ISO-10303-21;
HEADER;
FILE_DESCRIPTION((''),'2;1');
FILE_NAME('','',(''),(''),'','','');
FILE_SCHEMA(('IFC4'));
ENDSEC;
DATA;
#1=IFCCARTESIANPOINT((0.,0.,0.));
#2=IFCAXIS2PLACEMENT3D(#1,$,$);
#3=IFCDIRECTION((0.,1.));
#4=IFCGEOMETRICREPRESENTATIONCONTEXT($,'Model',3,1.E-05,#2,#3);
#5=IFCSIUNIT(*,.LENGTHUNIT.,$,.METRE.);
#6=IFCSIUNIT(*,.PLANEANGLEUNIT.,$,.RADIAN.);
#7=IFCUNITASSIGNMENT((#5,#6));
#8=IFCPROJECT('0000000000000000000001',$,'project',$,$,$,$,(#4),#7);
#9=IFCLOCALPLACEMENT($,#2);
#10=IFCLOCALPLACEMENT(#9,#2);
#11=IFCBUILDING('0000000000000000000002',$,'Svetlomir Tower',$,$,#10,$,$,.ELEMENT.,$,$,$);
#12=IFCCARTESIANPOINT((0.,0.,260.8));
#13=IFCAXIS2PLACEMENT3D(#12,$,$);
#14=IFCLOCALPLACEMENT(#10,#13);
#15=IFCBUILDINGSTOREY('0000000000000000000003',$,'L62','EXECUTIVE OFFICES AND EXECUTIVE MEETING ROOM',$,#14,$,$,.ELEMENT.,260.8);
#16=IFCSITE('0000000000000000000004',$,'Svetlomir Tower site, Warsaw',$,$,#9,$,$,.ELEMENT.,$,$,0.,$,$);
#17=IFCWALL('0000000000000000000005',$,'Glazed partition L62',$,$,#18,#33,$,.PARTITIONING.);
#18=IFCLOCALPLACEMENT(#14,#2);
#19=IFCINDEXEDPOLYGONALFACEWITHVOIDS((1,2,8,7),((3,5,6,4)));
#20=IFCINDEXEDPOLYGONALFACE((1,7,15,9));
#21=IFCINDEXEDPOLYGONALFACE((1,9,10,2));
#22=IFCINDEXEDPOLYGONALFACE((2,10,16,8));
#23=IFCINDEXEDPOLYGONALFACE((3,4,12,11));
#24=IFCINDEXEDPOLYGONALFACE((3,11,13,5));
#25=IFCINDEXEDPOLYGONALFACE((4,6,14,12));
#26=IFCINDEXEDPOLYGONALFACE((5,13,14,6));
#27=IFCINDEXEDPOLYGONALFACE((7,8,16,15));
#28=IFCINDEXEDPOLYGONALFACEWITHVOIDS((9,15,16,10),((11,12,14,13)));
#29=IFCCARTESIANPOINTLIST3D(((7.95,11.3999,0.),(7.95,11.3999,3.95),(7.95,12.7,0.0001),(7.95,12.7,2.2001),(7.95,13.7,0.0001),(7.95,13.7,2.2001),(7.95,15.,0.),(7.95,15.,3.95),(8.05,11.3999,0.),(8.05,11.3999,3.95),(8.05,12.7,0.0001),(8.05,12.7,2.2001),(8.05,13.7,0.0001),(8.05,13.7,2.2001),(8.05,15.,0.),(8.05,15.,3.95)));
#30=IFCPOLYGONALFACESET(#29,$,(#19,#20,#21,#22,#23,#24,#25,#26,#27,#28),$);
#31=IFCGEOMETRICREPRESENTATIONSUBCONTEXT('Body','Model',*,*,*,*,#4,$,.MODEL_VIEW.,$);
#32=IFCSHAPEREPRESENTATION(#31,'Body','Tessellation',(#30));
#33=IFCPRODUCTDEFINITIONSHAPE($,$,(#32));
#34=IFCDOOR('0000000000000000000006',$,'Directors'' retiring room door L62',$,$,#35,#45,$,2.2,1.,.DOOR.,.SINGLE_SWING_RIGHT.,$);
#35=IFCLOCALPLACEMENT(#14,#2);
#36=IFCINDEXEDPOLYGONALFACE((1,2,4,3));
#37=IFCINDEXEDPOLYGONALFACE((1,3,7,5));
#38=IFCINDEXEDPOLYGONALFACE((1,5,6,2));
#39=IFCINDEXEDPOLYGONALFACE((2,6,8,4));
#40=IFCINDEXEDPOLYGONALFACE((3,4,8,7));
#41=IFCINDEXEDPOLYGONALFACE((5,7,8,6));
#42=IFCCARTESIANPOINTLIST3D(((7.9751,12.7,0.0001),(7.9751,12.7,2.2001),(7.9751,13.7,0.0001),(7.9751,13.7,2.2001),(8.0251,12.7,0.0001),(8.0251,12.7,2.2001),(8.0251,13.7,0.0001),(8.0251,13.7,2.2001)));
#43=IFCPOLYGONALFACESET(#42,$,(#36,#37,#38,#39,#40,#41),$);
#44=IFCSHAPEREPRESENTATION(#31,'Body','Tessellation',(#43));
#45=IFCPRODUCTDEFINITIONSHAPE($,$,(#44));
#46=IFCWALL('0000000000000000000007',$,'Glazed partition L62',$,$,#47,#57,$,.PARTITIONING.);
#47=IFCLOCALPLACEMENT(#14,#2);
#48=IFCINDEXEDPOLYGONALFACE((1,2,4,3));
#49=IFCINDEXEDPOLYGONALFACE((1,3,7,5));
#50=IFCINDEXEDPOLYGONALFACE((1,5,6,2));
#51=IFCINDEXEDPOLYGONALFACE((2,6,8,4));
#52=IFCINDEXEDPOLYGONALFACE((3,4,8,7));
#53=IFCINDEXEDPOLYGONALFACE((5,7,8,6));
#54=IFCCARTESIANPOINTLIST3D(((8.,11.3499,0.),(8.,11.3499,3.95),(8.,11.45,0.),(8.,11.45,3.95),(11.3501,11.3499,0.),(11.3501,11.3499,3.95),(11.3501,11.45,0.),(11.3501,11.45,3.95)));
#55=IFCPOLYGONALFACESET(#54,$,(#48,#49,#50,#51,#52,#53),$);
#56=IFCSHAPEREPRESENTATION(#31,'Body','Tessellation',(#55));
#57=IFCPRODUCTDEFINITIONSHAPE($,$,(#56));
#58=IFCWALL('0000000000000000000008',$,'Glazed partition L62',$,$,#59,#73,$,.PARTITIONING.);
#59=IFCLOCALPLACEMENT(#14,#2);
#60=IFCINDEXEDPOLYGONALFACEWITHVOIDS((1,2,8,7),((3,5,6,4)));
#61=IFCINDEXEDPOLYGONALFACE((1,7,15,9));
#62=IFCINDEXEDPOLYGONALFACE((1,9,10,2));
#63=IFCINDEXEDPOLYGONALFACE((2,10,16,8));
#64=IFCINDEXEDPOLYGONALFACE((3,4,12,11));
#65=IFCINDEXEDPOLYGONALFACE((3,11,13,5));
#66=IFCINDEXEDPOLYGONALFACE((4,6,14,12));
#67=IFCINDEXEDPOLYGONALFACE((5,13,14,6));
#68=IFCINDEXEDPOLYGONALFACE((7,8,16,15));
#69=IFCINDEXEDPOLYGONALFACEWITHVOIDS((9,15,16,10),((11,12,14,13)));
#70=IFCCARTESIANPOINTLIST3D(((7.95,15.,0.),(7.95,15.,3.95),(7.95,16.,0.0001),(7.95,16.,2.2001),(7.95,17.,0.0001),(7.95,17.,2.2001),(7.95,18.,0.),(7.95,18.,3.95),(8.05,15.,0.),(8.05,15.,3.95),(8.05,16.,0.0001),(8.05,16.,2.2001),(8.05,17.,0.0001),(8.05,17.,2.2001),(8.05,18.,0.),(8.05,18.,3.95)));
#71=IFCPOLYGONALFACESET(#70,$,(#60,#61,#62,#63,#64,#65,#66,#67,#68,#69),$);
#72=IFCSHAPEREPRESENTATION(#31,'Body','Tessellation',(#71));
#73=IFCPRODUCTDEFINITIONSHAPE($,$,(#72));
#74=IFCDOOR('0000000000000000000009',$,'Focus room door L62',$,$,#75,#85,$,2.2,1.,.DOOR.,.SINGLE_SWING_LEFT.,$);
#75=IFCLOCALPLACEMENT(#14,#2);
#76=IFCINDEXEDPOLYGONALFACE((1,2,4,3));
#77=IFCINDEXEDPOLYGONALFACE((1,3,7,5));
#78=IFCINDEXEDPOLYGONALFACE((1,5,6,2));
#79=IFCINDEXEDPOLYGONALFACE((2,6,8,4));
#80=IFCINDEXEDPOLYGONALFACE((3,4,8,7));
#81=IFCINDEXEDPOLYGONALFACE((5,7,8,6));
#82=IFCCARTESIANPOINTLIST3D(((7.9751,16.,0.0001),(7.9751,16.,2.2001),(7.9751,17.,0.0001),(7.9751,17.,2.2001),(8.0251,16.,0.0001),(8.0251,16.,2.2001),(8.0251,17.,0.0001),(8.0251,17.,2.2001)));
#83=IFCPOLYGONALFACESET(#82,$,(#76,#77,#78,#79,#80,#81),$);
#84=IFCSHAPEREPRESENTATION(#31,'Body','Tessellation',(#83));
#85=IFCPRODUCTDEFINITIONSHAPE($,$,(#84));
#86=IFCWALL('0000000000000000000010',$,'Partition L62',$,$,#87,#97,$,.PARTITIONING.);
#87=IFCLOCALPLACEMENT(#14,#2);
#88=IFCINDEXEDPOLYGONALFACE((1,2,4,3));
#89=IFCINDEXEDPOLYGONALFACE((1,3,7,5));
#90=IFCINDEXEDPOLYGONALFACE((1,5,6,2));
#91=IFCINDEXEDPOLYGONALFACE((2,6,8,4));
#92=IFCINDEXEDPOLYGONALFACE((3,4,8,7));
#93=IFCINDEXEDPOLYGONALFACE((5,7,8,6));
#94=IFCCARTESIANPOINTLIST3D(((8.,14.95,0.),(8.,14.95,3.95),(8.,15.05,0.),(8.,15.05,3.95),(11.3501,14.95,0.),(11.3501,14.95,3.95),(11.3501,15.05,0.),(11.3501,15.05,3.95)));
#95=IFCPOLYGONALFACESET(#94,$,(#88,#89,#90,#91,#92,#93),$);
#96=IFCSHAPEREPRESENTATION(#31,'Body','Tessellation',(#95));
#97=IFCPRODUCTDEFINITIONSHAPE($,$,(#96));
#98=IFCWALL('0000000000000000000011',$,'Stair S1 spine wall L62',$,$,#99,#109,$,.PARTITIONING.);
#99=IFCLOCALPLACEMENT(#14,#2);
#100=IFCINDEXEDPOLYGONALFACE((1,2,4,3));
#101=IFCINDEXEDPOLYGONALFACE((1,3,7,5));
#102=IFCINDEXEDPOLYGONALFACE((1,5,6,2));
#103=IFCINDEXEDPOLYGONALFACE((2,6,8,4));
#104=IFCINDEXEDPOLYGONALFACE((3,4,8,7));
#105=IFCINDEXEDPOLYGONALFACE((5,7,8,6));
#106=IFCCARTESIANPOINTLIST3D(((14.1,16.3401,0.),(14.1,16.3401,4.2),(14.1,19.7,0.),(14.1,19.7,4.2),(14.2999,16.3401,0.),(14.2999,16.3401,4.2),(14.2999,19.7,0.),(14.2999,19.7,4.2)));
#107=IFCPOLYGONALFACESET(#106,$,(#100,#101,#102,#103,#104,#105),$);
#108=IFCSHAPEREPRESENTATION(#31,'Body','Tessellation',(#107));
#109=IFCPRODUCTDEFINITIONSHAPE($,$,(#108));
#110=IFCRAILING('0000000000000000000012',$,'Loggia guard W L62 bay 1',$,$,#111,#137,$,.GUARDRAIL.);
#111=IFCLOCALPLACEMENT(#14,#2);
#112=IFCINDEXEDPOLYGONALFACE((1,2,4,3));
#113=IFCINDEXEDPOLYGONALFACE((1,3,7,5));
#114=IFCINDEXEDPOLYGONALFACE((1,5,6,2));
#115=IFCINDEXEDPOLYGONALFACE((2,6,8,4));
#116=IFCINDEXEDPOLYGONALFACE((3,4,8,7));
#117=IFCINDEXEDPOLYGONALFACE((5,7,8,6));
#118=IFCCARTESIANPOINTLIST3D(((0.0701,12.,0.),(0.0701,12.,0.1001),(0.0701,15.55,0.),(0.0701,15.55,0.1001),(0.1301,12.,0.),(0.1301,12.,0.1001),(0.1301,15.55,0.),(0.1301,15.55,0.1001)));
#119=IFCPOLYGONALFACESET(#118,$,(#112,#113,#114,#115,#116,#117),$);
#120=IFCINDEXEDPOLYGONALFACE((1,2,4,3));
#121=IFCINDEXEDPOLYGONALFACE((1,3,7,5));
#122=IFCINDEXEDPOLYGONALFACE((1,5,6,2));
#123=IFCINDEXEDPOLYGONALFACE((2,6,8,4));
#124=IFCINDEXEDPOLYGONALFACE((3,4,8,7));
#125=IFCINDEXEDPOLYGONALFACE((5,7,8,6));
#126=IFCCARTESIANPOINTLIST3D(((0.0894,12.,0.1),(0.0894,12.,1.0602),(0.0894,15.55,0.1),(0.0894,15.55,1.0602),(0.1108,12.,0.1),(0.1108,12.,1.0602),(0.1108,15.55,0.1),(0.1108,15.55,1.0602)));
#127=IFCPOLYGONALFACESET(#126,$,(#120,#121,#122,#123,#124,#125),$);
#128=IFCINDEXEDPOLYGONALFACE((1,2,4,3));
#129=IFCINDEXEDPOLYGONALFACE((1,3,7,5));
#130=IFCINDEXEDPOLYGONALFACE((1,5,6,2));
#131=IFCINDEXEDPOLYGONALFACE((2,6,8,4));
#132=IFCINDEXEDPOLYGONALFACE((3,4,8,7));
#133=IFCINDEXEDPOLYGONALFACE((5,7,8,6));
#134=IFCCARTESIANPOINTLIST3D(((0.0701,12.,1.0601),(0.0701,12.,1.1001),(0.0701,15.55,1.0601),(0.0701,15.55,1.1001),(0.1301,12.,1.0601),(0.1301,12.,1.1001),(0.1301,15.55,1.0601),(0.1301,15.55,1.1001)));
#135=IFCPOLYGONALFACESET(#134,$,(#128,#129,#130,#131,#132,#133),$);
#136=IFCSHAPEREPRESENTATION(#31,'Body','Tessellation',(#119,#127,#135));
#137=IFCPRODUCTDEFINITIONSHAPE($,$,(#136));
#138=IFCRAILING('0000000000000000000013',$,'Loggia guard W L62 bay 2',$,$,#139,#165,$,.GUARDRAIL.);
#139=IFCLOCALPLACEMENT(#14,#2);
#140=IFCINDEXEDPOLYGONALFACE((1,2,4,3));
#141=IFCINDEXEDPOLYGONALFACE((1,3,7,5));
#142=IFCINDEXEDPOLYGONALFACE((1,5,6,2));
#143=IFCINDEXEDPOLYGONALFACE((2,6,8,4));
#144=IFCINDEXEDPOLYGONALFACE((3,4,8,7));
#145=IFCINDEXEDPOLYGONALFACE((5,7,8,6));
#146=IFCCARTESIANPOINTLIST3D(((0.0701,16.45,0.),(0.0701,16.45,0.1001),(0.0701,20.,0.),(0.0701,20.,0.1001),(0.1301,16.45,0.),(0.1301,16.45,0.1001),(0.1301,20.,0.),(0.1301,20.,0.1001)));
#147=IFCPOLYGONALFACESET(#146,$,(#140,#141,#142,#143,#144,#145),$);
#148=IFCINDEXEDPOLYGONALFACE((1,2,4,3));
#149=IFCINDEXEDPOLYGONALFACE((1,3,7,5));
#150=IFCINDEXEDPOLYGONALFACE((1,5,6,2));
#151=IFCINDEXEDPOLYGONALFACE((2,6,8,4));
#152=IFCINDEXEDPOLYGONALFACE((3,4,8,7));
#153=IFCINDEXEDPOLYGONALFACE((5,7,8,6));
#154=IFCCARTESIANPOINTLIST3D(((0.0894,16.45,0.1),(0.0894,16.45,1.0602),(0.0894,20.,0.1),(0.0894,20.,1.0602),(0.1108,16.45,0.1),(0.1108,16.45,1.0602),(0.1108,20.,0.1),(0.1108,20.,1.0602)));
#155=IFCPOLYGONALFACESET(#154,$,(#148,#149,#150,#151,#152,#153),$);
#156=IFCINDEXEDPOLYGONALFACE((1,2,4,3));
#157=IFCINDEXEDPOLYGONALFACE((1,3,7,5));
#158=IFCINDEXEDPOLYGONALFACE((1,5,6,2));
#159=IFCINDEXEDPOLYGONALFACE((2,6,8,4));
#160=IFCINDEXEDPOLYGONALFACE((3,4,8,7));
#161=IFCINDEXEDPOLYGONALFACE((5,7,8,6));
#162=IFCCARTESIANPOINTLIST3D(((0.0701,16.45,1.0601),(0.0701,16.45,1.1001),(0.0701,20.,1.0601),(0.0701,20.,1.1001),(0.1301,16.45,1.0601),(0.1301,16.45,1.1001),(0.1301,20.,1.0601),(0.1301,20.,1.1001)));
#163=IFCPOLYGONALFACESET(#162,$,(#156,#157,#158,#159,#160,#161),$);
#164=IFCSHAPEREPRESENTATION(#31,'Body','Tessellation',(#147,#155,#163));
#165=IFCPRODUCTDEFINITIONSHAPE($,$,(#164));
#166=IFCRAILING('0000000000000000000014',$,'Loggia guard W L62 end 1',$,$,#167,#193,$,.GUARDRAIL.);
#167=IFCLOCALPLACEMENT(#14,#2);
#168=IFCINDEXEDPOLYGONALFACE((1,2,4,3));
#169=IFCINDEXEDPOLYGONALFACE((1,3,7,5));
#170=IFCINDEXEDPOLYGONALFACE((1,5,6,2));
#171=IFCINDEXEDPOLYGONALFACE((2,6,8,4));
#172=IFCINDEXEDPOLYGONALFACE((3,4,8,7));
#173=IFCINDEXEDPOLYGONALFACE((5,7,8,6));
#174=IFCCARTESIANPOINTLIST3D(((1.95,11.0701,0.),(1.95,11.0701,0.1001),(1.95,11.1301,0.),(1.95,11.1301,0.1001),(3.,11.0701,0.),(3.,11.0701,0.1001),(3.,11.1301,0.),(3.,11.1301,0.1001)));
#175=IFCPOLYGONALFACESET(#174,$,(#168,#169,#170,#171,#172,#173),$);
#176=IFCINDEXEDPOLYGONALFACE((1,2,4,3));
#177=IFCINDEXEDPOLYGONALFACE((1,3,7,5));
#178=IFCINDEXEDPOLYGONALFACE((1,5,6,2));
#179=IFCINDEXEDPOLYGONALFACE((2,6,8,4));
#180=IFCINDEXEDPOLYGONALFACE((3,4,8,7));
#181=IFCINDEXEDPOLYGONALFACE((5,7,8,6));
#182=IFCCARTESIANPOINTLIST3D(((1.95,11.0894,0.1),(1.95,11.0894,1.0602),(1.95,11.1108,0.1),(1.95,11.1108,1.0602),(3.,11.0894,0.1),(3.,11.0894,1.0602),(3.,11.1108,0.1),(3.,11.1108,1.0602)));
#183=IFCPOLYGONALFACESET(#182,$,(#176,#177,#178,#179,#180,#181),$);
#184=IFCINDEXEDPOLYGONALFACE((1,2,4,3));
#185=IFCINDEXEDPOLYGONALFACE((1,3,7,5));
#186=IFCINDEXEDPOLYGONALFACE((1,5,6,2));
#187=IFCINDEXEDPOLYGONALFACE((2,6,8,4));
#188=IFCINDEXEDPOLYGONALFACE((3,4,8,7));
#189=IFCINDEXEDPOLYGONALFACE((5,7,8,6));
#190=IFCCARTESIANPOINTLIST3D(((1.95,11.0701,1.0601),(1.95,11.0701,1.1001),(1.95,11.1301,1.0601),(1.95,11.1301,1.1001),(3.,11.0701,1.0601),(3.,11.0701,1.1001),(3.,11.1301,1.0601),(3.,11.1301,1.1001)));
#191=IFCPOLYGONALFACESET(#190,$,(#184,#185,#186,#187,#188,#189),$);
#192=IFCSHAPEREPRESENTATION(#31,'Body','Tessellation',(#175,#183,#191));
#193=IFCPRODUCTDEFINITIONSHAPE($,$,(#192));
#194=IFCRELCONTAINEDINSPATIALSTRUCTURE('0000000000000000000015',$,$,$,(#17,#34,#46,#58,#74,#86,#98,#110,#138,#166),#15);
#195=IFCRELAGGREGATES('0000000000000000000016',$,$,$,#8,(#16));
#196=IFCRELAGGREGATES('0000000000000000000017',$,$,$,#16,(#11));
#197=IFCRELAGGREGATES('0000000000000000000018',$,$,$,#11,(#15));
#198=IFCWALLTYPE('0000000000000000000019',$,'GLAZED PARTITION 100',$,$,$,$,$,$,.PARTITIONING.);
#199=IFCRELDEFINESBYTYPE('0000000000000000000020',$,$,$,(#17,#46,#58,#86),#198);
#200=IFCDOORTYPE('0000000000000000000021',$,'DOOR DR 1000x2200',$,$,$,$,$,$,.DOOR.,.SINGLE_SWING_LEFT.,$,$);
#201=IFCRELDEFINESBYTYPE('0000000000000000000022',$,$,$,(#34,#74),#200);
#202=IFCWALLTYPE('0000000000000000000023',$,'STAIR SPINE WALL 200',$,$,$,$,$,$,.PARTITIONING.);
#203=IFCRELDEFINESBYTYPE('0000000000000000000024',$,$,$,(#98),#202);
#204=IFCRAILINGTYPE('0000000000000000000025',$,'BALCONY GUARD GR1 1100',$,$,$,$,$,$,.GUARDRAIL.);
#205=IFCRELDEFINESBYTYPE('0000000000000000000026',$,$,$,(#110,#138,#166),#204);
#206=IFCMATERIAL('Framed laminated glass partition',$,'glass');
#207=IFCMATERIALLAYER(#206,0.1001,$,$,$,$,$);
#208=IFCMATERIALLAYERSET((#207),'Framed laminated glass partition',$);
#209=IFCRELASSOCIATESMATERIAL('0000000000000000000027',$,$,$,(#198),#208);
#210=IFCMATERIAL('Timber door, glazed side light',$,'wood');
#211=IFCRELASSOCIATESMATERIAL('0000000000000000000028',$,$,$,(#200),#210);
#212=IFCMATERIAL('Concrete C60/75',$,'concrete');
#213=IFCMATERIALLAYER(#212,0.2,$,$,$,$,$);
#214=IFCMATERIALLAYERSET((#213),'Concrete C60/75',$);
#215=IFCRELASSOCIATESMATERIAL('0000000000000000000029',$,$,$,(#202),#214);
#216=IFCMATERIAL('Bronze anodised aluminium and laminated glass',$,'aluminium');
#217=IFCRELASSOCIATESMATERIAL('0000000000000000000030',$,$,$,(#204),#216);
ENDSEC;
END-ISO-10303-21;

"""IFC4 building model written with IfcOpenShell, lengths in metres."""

from ifc_helpers import new_model, si_unit, direction, frame, frame_2d, origin, origin_2d, place, context, subcontext, project, spatial, rectangle, extrude, material, layer, layer_set, type_object, element, fill, save


model = new_model("IFC4")

# Units and contexts
model_context = context("Model", 3, precision=1e-05, world=origin(), true_north=direction((0.0, 1.0)))
body_context = subcontext(model_context, "Body", "Model", "MODEL_VIEW")
ifc_project = project(units=[si_unit("LENGTHUNIT", "METRE"), si_unit("PLANEANGLEUNIT", "RADIAN")], contexts=[model_context])

# Site, building, storey
site_placement = place(None, origin())
site = spatial("IfcSite", under=ifc_project, at=site_placement, Name="Svetlomir Tower site, Warsaw", CompositionType="ELEMENT", RefElevation=0.0)
building_placement = place(site_placement, origin())
building = spatial("IfcBuilding", under=site, at=building_placement, Name="Svetlomir Tower", CompositionType="ELEMENT")
storey_placement = place(building_placement, frame((0.0, 0.0, 260.8)))
storey = spatial("IfcBuildingStorey", under=building, at=storey_placement, Name="L62", Description="EXECUTIVE OFFICES AND EXECUTIVE MEETING ROOM", CompositionType="ELEMENT", Elevation=260.8)

# Wall, opening, door
ifc_material_1 = material(Name="Framed laminated glass partition", Category="glass")
ifc_layer_1 = layer(ifc_material_1, 0.1001)
ifc_layer_set_1 = layer_set([ifc_layer_1], Name="Framed laminated glass partition")
wall_type_1 = type_object("IfcWallType", Name="GLAZED PARTITION 100", PredefinedType="PARTITIONING", material=ifc_layer_set_1)
wall_1_placement = place(storey_placement, frame((8.0, 11.3999, 0.0), z_axis=(0.0, 0.0, 1.0), x_axis=(0.0, 1.0, 0.0)))
wall_1 = element("IfcWall", 1, at=wall_1_placement, inside=storey, type_object=wall_type_1, Name="Glazed partition L62", PredefinedType="PARTITIONING", context=body_context, shape_type="SweptSolid", body=[
    extrude(rectangle(XDim=3.6001, YDim=0.1001, at=frame_2d((1.8, 0.0))), origin(), (0.0, 0.0, 1.0), 3.95),
])
opening_1_placement = place(wall_1_placement, frame((1.3, 0.0, 0.0)))
opening_1 = element("IfcOpeningElement", 2, at=opening_1_placement, cuts=wall_1, PredefinedType="OPENING", context=body_context, shape_type="SweptSolid", body=[
    extrude(rectangle(XDim=1.0, YDim=2.2, at=frame_2d((0.5, 1.1001))), frame((0.0, 0.0601, 0.0), z_axis=(0.0, -1.0, 0.0), x_axis=(1.0, 0.0, 0.0)), (0.0, 0.0, 1.0), 0.1201),
])
ifc_material_2 = material(Name="Timber door, glazed side light", Category="wood")
door_type_1 = type_object("IfcDoorType", Name="DOOR DR 1000x2200", OperationType="SINGLE_SWING_LEFT", PredefinedType="DOOR", material=ifc_material_2)
door_1_placement = place(opening_1_placement, origin())
door_1 = element("IfcDoor", 3, at=door_1_placement, inside=storey, type_object=door_type_1, Name="Directors' retiring room door L62", OperationType="SINGLE_SWING_RIGHT", OverallHeight=2.2, OverallWidth=1.0, PredefinedType="DOOR", context=body_context, shape_type="SweptSolid", body=[
    extrude(rectangle(XDim=1.0, YDim=2.2, at=frame_2d((0.5, 1.1001))), frame((0.0, 0.0249, 0.0), z_axis=(0.0, -1.0, 0.0), x_axis=(1.0, 0.0, 0.0)), (0.0, 0.0, 1.0), 0.05),
])
fill(opening_1, door_1)

# Wall
wall_2_placement = place(storey_placement, frame((8.0, 11.3999, 0.0), z_axis=(0.0, 0.0, 1.0), x_axis=(1.0, 0.0, 0.0)))
element("IfcWall", 4, at=wall_2_placement, inside=storey, type_object=wall_type_1, Name="Glazed partition L62", PredefinedType="PARTITIONING", context=body_context, shape_type="SweptSolid", body=[
    extrude(rectangle(XDim=3.3501, YDim=0.1001, at=frame_2d((1.675, 0.0))), origin(), (0.0, 0.0, 1.0), 3.95),
])

# Wall, opening, door
wall_3_placement = place(storey_placement, frame((8.0, 15.0, 0.0), z_axis=(0.0, 0.0, 1.0), x_axis=(0.0, 1.0, 0.0)))
wall_3 = element("IfcWall", 5, at=wall_3_placement, inside=storey, type_object=wall_type_1, Name="Glazed partition L62", PredefinedType="PARTITIONING", context=body_context, shape_type="SweptSolid", body=[
    extrude(rectangle(XDim=3.0, YDim=0.1001, at=frame_2d((1.5, 0.0))), origin(), (0.0, 0.0, 1.0), 3.95),
])
opening_2_placement = place(wall_3_placement, frame((1.0, 0.0, 0.0)))
opening_2 = element("IfcOpeningElement", 6, at=opening_2_placement, cuts=wall_3, PredefinedType="OPENING", context=body_context, shape_type="SweptSolid", body=[
    extrude(rectangle(XDim=1.0, YDim=2.2, at=frame_2d((0.5, 1.1001))), frame((0.0, 0.0601, 0.0), z_axis=(0.0, -1.0, 0.0), x_axis=(1.0, 0.0, 0.0)), (0.0, 0.0, 1.0), 0.1201),
])
door_2_placement = place(opening_2_placement, origin())
door_2 = element("IfcDoor", 7, at=door_2_placement, inside=storey, type_object=door_type_1, Name="Focus room door L62", OperationType="SINGLE_SWING_LEFT", OverallHeight=2.2, OverallWidth=1.0, PredefinedType="DOOR", context=body_context, shape_type="SweptSolid", body=[
    extrude(rectangle(XDim=1.0, YDim=2.2, at=frame_2d((0.5, 1.1001))), frame((0.0, 0.0249, 0.0), z_axis=(0.0, -1.0, 0.0), x_axis=(1.0, 0.0, 0.0)), (0.0, 0.0, 1.0), 0.05),
])
fill(opening_2, door_2)

# Walls
wall_4_placement = place(storey_placement, frame((8.0, 15.0, 0.0), z_axis=(0.0, 0.0, 1.0), x_axis=(1.0, 0.0, 0.0)))
element("IfcWall", 8, at=wall_4_placement, inside=storey, type_object=wall_type_1, Name="Partition L62", PredefinedType="PARTITIONING", context=body_context, shape_type="SweptSolid", body=[
    extrude(rectangle(XDim=3.3501, YDim=0.1001, at=frame_2d((1.675, 0.0))), origin(), (0.0, 0.0, 1.0), 3.95),
])
ifc_material_3 = material(Name="Concrete C60/75", Category="concrete")
ifc_layer_2 = layer(ifc_material_3, 0.2)
ifc_layer_set_2 = layer_set([ifc_layer_2], Name="Concrete C60/75")
wall_type_2 = type_object("IfcWallType", Name="STAIR SPINE WALL 200", PredefinedType="PARTITIONING", material=ifc_layer_set_2)
wall_5_placement = place(storey_placement, frame((14.2, 16.3401, 0.0), z_axis=(0.0, 0.0, 1.0), x_axis=(0.0, 1.0, 0.0)))
element("IfcWall", 9, at=wall_5_placement, inside=storey, type_object=wall_type_2, Name="Stair S1 spine wall L62", PredefinedType="PARTITIONING", context=body_context, shape_type="SweptSolid", body=[
    extrude(rectangle(XDim=3.3599, YDim=0.2, at=frame_2d((1.6799, 0.0))), origin(), (0.0, 0.0, 1.0), 4.2),
])

# Railings
ifc_material_4 = material(Name="Bronze anodised aluminium and laminated glass", Category="aluminium")
railing_type = type_object("IfcRailingType", Name="BALCONY GUARD GR1 1100", PredefinedType="GUARDRAIL", material=ifc_material_4)
for number, where, name in (
    (10, (0.1001, 12.0, 0.0), "Loggia guard W L62 bay 1"),
    (11, (0.1001, 16.45, 0.0), "Loggia guard W L62 bay 2"),
):
    element("IfcRailing", number, at=place(storey_placement, frame(where)), inside=storey, type_object=railing_type, Name=name, PredefinedType="GUARDRAIL", context=body_context, shape_type="SweptSolid", body=[
        extrude(rectangle(XDim=0.0601, YDim=0.1001, at=origin_2d()), frame((0.0, 0.0, 0.05), z_axis=(0.0, 1.0, 0.0), x_axis=(-1.0, 0.0, 0.0)), (0.0, 0.0, 1.0), 3.55),
        extrude(rectangle(XDim=0.0215, YDim=0.9602, at=origin_2d()), frame((0.0, 0.0, 0.5801), z_axis=(0.0, 1.0, 0.0), x_axis=(-1.0, 0.0, 0.0)), (0.0, 0.0, 1.0), 3.55),
        extrude(rectangle(XDim=0.0601, YDim=0.04, at=origin_2d()), frame((0.0, 0.0, 1.0801), z_axis=(0.0, 1.0, 0.0), x_axis=(-1.0, 0.0, 0.0)), (0.0, 0.0, 1.0), 3.55),
    ])
railing_placement = place(storey_placement, frame((1.95, 11.1001, 0.0)))
element("IfcRailing", 12, at=railing_placement, inside=storey, type_object=railing_type, Name="Loggia guard W L62 end 1", PredefinedType="GUARDRAIL", context=body_context, shape_type="SweptSolid", body=[
    extrude(rectangle(XDim=0.0601, YDim=0.1001, at=origin_2d()), frame((0.0, 0.0, 0.05), z_axis=(1.0, 0.0, 0.0), x_axis=(0.0, 1.0, 0.0)), (0.0, 0.0, 1.0), 1.05),
    extrude(rectangle(XDim=0.0215, YDim=0.9602, at=origin_2d()), frame((0.0, 0.0, 0.5801), z_axis=(1.0, 0.0, 0.0), x_axis=(0.0, 1.0, 0.0)), (0.0, 0.0, 1.0), 1.05),
    extrude(rectangle(XDim=0.0601, YDim=0.04, at=origin_2d()), frame((0.0, 0.0, 1.0801), z_axis=(1.0, 0.0, 0.0), x_axis=(0.0, 1.0, 0.0)), (0.0, 0.0, 1.0), 1.05),
])

save(model, "model.ifc")
